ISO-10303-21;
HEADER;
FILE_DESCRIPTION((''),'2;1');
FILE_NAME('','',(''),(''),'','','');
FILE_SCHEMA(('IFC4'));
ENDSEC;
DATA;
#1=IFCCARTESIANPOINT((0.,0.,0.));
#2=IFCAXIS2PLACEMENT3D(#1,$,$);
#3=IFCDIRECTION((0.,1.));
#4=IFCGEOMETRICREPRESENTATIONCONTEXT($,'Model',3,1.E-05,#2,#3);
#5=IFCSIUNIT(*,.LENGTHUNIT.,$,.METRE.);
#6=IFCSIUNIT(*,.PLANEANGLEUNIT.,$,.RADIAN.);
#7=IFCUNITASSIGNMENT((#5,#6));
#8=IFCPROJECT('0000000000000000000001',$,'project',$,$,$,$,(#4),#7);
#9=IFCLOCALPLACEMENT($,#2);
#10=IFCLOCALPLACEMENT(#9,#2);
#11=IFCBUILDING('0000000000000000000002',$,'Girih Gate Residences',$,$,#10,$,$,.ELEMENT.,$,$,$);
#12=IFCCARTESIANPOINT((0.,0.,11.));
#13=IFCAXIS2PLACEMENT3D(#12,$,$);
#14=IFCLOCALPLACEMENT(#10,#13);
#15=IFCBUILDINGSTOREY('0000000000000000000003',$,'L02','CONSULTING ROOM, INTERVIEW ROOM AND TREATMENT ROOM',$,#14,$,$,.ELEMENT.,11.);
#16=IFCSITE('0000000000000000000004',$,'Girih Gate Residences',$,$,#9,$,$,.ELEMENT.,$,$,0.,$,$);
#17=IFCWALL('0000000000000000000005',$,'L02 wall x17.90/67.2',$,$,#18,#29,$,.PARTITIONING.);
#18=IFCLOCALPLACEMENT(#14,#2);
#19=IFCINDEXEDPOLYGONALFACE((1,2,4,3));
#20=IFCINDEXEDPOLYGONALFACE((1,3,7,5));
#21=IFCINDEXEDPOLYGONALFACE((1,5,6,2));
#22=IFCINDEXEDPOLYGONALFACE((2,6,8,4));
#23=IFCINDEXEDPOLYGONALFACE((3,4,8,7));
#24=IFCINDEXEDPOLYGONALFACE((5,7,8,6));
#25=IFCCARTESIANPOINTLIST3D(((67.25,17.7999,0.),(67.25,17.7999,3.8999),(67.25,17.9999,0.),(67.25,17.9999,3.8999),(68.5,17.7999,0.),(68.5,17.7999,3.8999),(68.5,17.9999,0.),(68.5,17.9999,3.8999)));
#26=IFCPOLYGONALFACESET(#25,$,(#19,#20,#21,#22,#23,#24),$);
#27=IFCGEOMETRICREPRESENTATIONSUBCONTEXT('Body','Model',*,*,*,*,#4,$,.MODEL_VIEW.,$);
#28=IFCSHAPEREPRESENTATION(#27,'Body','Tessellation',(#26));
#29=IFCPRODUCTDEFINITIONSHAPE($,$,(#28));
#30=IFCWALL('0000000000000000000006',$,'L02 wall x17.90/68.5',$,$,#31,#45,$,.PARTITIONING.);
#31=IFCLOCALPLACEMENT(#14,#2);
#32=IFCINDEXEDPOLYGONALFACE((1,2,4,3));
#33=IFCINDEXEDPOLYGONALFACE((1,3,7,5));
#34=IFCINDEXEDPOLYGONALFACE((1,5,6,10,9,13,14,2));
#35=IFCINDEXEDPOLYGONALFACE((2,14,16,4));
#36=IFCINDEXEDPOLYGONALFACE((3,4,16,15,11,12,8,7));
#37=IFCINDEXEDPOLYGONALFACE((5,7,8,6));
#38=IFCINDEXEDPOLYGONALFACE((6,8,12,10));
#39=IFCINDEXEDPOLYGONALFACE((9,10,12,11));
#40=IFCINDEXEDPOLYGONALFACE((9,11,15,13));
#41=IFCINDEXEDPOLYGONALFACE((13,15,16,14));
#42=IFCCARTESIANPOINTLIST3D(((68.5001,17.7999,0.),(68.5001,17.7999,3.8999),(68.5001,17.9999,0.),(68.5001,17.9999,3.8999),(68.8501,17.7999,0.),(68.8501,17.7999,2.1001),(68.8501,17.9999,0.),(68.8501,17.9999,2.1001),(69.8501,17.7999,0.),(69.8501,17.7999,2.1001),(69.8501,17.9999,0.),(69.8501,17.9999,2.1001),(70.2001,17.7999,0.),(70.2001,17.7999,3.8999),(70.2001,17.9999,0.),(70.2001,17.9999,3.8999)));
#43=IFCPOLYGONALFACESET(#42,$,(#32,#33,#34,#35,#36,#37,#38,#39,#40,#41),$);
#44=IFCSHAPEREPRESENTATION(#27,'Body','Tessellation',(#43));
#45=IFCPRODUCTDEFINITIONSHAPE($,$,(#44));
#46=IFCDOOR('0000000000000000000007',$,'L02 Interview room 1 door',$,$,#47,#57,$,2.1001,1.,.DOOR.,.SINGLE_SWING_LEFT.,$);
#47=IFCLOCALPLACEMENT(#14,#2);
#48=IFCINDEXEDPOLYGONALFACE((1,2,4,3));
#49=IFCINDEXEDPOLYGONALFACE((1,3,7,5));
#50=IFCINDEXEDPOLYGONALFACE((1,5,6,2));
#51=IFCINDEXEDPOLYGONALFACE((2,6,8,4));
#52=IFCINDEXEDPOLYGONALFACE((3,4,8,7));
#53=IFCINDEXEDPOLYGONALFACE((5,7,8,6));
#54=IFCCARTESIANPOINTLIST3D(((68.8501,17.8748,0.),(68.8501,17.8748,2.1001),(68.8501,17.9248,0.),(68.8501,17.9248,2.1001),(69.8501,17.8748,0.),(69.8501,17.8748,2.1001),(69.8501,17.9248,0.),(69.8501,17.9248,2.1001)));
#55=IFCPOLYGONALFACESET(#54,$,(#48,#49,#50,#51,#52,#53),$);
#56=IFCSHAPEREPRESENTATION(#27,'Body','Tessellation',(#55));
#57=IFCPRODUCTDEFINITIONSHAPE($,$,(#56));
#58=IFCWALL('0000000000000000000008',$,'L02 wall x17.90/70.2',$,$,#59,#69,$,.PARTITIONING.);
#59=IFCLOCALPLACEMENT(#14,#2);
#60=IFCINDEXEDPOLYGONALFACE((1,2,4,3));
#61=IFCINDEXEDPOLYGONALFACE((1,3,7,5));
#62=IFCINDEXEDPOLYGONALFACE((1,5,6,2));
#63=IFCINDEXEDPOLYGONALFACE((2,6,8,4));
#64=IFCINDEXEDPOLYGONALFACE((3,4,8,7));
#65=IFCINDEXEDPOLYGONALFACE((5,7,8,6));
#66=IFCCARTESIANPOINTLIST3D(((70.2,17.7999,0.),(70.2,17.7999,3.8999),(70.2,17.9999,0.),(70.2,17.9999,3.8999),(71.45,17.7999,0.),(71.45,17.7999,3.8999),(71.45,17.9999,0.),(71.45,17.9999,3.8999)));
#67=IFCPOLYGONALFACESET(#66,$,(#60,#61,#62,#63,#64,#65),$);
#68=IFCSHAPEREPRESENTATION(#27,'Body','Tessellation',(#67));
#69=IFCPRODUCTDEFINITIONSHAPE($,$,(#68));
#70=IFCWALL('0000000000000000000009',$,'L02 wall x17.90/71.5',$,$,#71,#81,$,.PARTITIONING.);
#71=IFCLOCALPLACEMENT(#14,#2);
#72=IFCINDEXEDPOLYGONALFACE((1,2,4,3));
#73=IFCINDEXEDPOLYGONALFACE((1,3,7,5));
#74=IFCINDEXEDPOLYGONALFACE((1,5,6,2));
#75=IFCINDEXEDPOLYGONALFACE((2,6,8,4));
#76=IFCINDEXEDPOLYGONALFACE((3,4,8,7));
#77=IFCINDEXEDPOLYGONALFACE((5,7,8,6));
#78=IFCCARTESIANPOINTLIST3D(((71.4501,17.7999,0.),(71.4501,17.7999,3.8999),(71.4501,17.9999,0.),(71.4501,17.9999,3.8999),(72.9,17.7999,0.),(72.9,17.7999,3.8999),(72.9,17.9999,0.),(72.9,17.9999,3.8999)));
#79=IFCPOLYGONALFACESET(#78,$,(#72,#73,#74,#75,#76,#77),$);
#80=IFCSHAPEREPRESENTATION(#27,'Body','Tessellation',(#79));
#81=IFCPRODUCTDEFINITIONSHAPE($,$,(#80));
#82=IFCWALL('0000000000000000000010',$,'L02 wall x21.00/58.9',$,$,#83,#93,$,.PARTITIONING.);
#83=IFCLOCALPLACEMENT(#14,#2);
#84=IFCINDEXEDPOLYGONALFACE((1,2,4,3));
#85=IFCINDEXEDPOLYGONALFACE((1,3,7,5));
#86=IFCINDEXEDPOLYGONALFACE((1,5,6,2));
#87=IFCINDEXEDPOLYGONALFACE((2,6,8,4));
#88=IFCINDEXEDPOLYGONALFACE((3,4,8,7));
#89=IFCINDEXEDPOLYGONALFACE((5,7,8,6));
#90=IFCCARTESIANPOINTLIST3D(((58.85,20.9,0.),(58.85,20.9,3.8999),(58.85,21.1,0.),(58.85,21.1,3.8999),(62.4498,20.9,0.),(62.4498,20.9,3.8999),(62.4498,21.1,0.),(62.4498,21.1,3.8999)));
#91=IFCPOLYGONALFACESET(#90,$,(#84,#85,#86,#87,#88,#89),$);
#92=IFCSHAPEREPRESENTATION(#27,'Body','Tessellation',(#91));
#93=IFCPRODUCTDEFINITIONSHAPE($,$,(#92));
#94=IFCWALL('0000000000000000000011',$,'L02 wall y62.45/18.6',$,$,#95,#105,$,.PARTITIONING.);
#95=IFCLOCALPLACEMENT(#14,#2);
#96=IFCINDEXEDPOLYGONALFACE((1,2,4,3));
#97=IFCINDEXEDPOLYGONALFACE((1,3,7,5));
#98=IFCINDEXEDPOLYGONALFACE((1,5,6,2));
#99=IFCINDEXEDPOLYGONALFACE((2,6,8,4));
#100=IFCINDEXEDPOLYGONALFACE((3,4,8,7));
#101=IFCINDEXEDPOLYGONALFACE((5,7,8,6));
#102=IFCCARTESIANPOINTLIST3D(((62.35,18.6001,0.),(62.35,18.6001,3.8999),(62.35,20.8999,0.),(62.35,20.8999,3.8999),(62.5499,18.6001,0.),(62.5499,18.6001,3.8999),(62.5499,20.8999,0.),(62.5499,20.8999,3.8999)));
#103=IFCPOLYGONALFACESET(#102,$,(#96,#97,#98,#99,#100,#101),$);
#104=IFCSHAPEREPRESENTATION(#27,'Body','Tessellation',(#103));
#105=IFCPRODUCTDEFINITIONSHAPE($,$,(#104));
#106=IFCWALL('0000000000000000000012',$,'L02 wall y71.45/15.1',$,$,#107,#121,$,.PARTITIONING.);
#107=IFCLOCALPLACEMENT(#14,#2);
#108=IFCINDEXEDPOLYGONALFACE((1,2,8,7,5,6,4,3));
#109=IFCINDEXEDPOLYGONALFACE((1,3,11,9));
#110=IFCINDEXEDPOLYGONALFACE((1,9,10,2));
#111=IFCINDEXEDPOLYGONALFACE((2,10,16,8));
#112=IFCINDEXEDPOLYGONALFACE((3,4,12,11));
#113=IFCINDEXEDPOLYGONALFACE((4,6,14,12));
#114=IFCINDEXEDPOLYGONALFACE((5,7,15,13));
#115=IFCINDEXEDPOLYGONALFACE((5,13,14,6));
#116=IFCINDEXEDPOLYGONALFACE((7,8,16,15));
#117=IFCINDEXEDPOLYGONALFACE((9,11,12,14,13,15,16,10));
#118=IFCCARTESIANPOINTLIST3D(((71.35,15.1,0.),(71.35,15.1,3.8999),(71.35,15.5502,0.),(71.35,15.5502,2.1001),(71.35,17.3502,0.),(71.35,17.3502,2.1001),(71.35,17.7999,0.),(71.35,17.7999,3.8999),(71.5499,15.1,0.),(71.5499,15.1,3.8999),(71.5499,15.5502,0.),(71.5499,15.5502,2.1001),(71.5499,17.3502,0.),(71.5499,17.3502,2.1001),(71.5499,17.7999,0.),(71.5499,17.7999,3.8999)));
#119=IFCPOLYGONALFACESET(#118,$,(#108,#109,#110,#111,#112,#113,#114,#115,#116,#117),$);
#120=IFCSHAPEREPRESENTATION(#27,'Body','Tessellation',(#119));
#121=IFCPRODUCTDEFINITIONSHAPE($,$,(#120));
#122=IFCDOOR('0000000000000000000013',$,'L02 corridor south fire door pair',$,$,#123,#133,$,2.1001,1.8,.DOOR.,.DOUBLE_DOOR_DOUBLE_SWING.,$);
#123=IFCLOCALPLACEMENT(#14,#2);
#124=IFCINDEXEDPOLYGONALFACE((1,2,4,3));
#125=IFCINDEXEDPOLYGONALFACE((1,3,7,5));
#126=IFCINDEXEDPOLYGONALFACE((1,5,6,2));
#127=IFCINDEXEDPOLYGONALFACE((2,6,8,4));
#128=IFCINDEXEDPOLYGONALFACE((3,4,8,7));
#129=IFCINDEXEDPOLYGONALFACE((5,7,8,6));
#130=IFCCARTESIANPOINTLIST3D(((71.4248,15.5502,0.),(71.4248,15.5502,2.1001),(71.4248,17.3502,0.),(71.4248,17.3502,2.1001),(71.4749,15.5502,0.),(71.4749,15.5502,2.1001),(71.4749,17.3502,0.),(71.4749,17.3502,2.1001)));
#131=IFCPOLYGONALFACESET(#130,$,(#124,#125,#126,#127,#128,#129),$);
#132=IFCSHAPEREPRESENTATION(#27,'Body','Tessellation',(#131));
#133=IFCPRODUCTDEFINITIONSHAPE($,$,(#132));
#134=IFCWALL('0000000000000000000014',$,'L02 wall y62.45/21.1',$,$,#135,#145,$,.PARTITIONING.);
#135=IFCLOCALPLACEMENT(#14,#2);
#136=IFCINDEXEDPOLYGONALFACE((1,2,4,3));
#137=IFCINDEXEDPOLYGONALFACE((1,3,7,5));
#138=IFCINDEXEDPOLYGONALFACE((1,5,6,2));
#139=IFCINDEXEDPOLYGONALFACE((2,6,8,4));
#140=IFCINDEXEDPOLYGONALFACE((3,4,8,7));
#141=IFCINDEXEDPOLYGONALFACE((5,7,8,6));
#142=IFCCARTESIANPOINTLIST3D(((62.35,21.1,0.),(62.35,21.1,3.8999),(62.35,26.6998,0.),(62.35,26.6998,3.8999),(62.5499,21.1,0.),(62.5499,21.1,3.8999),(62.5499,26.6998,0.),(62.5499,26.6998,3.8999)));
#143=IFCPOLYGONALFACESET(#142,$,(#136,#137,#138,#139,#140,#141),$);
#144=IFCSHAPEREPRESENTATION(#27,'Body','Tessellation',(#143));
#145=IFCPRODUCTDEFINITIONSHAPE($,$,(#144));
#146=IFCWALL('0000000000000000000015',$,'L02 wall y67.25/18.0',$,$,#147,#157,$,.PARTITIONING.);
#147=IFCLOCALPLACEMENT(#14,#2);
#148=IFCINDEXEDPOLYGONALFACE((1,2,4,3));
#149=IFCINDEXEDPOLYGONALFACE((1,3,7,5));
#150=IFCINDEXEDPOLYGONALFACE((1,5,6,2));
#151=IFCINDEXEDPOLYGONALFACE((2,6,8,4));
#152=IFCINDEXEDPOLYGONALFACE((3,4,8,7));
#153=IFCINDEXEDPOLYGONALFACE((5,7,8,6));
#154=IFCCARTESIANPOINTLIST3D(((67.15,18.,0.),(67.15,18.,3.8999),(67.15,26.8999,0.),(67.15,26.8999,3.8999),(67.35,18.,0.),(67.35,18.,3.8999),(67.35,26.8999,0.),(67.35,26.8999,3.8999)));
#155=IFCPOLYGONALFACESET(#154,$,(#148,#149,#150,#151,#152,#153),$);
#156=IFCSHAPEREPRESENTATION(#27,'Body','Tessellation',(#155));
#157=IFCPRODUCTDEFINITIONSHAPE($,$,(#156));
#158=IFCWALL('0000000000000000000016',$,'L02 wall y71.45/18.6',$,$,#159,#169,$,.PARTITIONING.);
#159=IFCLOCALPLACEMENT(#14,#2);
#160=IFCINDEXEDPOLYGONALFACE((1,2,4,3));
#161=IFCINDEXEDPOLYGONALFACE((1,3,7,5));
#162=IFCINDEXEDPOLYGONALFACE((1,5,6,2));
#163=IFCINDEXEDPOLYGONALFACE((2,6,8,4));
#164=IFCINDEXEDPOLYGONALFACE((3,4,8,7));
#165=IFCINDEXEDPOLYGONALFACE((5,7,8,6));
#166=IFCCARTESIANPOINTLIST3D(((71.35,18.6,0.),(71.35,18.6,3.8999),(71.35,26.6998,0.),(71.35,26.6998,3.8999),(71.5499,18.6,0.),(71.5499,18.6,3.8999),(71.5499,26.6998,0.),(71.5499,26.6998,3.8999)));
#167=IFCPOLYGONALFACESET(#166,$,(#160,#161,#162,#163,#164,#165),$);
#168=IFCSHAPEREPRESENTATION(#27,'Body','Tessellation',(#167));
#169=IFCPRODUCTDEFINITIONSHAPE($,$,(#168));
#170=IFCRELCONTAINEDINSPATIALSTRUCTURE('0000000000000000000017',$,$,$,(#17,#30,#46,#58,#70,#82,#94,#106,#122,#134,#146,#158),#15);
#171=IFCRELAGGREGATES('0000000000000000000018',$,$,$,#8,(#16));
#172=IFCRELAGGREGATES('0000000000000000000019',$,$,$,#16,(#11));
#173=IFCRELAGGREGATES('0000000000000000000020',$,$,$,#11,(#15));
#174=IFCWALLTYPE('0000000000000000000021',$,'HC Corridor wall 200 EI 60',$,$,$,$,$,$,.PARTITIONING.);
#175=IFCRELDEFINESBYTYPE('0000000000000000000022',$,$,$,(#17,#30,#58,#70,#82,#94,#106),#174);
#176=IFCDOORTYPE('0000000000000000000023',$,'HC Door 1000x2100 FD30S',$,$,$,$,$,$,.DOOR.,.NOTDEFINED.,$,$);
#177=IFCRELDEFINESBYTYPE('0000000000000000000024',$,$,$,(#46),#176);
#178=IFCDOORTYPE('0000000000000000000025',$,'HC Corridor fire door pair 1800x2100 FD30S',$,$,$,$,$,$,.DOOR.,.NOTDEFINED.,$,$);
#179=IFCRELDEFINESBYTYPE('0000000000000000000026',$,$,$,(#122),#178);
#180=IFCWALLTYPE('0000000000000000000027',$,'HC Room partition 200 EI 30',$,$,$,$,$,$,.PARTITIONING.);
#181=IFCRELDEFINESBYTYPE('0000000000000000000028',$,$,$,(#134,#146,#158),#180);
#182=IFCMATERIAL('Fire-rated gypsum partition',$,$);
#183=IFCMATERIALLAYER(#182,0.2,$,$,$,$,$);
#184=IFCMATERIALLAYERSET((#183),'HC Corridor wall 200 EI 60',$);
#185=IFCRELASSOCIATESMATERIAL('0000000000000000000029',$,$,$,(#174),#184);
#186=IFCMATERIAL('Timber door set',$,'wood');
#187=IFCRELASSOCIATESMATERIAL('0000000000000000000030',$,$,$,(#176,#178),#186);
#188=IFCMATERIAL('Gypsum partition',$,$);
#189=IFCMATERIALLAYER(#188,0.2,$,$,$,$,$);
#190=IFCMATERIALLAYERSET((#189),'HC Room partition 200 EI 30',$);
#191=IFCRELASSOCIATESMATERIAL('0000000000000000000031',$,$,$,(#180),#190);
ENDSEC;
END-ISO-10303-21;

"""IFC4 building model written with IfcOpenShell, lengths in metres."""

from ifc_helpers import new_model, si_unit, direction, frame, frame_2d, origin, place, context, subcontext, project, spatial, rectangle, extrude, material, layer, layer_set, type_object, element, fill, save


model = new_model("IFC4")

# Units and contexts
model_context = context("Model", 3, precision=1e-05, world=origin(), true_north=direction((0.0, 1.0)))
body_context = subcontext(model_context, "Body", "Model", "MODEL_VIEW")
ifc_project = project(units=[si_unit("LENGTHUNIT", "METRE"), si_unit("PLANEANGLEUNIT", "RADIAN")], contexts=[model_context])

# Site, building, storey
site_placement = place(None, origin())
site = spatial("IfcSite", under=ifc_project, at=site_placement, Name="Girih Gate Residences", CompositionType="ELEMENT", RefElevation=0.0)
building_placement = place(site_placement, origin())
building = spatial("IfcBuilding", under=site, at=building_placement, Name="Girih Gate Residences", CompositionType="ELEMENT")
storey_placement = place(building_placement, frame((0.0, 0.0, 11.0)))
storey = spatial("IfcBuildingStorey", under=building, at=storey_placement, Name="L02", Description="CONSULTING ROOM, INTERVIEW ROOM AND TREATMENT ROOM", CompositionType="ELEMENT", Elevation=11.0)

# Shared definitions
ifc_material_1 = material(Name="Fire-rated gypsum partition")
ifc_layer_1 = layer(ifc_material_1, 0.2)
ifc_layer_set_1 = layer_set([ifc_layer_1], Name="HC Corridor wall 200 EI 60")
wall_type_1 = type_object("IfcWallType", Name="HC Corridor wall 200 EI 60", PredefinedType="PARTITIONING", material=ifc_layer_set_1)

# Shared definitions
ifc_material_2 = material(Name="Timber door set", Category="wood")
door_type_1 = type_object("IfcDoorType", Name="HC Door 1000x2100 FD30S", OperationType="NOTDEFINED", PredefinedType="DOOR", material=ifc_material_2)

# Wall
wall_1_placement = place(storey_placement, frame((67.25, 17.8999, 0.0), z_axis=(0.0, 0.0, 1.0), x_axis=(1.0, 0.0, 0.0)))
element("IfcWall", 1, at=wall_1_placement, inside=storey, type_object=wall_type_1, Name="L02 wall x17.90/67.2", PredefinedType="PARTITIONING", context=body_context, shape_type="SweptSolid", body=[
    extrude(rectangle(XDim=1.25, YDim=0.2, at=frame_2d((0.625, 0.0))), origin(), (0.0, 0.0, 1.0), 3.8999),
])

# Wall, opening, door
wall_2_placement = place(storey_placement, frame((68.5, 17.8999, 0.0), z_axis=(0.0, 0.0, 1.0), x_axis=(1.0, 0.0, 0.0)))
wall_2 = element("IfcWall", 2, at=wall_2_placement, inside=storey, type_object=wall_type_1, Name="L02 wall x17.90/68.5", PredefinedType="PARTITIONING", context=body_context, shape_type="SweptSolid", body=[
    extrude(rectangle(XDim=1.7, YDim=0.2, at=frame_2d((0.8501, 0.0))), origin(), (0.0, 0.0, 1.0), 3.8999),
])
opening_1_placement = place(wall_2_placement, frame((0.3501, 0.0, 0.0)))
opening_1 = element("IfcOpeningElement", 3, at=opening_1_placement, cuts=wall_2, PredefinedType="OPENING", context=body_context, shape_type="SweptSolid", body=[
    extrude(rectangle(XDim=1.0, YDim=2.1001, at=frame_2d((0.5, 1.05))), frame((0.0, 0.1099, 0.0), z_axis=(0.0, -1.0, 0.0), x_axis=(1.0, 0.0, 0.0)), (0.0, 0.0, 1.0), 0.22),
])
door_1_placement = place(opening_1_placement, origin())
door_1 = element("IfcDoor", 4, at=door_1_placement, inside=storey, type_object=door_type_1, Name="L02 Interview room 1 door", OperationType="SINGLE_SWING_LEFT", OverallHeight=2.1001, OverallWidth=1.0, PredefinedType="DOOR", context=body_context, shape_type="SweptSolid", body=[
    extrude(rectangle(XDim=1.0, YDim=2.1001, at=frame_2d((0.5, 1.05))), frame((0.0, 0.0249, 0.0), z_axis=(0.0, -1.0, 0.0), x_axis=(1.0, 0.0, 0.0)), (0.0, 0.0, 1.0), 0.05),
])
fill(opening_1, door_1)

# Walls
wall_3_placement = place(storey_placement, frame((70.2, 17.8999, 0.0), z_axis=(0.0, 0.0, 1.0), x_axis=(1.0, 0.0, 0.0)))
element("IfcWall", 5, at=wall_3_placement, inside=storey, type_object=wall_type_1, Name="L02 wall x17.90/70.2", PredefinedType="PARTITIONING", context=body_context, shape_type="SweptSolid", body=[
    extrude(rectangle(XDim=1.25, YDim=0.2, at=frame_2d((0.625, 0.0))), origin(), (0.0, 0.0, 1.0), 3.8999),
])
wall_4_placement = place(storey_placement, frame((71.45, 17.8999, 0.0), z_axis=(0.0, 0.0, 1.0), x_axis=(1.0, 0.0, 0.0)))
element("IfcWall", 6, at=wall_4_placement, inside=storey, type_object=wall_type_1, Name="L02 wall x17.90/71.5", PredefinedType="PARTITIONING", context=body_context, shape_type="SweptSolid", body=[
    extrude(rectangle(XDim=1.45, YDim=0.2, at=frame_2d((0.7251, 0.0))), origin(), (0.0, 0.0, 1.0), 3.8999),
])
wall_5_placement = place(storey_placement, frame((58.8501, 21.0, 0.0), z_axis=(0.0, 0.0, 1.0), x_axis=(1.0, 0.0, 0.0)))
element("IfcWall", 7, at=wall_5_placement, inside=storey, type_object=wall_type_1, Name="L02 wall x21.00/58.9", PredefinedType="PARTITIONING", context=body_context, shape_type="SweptSolid", body=[
    extrude(rectangle(XDim=3.5999, YDim=0.2, at=frame_2d((1.7998, 0.0))), origin(), (0.0, 0.0, 1.0), 3.8999),
])
wall_6_placement = place(storey_placement, frame((62.45, 18.6001, 0.0), z_axis=(0.0, 0.0, 1.0), x_axis=(0.0, 1.0, 0.0)))
element("IfcWall", 8, at=wall_6_placement, inside=storey, type_object=wall_type_1, Name="L02 wall y62.45/18.6", PredefinedType="PARTITIONING", context=body_context, shape_type="SweptSolid", body=[
    extrude(rectangle(XDim=2.2998, YDim=0.2, at=frame_2d((1.1499, 0.0))), origin(), (0.0, 0.0, 1.0), 3.8999),
])

# Wall, opening, door
wall_7_placement = place(storey_placement, frame((71.45, 17.8, 0.0), z_axis=(0.0, 0.0, 1.0), x_axis=(0.0, -1.0, 0.0)))
wall_7 = element("IfcWall", 9, at=wall_7_placement, inside=storey, type_object=wall_type_1, Name="L02 wall y71.45/15.1", PredefinedType="PARTITIONING", context=body_context, shape_type="SweptSolid", body=[
    extrude(rectangle(XDim=2.7, YDim=0.2, at=frame_2d((1.3501, 0.0))), origin(), (0.0, 0.0, 1.0), 3.8999),
])
opening_2_placement = place(wall_7_placement, frame((0.45, 0.0, 0.0)))
opening_2 = element("IfcOpeningElement", 10, at=opening_2_placement, cuts=wall_7, PredefinedType="OPENING", context=body_context, shape_type="SweptSolid", body=[
    extrude(rectangle(XDim=1.8, YDim=2.1001, at=frame_2d((0.8999, 1.05))), frame((0.0, 0.1099, 0.0), z_axis=(0.0, -1.0, 0.0), x_axis=(1.0, 0.0, 0.0)), (0.0, 0.0, 1.0), 0.22),
])
door_type_2 = type_object("IfcDoorType", Name="HC Corridor fire door pair 1800x2100 FD30S", OperationType="NOTDEFINED", PredefinedType="DOOR", material=ifc_material_2)
door_2_placement = place(opening_2_placement, origin())
door_2 = element("IfcDoor", 11, at=door_2_placement, inside=storey, type_object=door_type_2, Name="L02 corridor south fire door pair", OperationType="DOUBLE_DOOR_DOUBLE_SWING", OverallHeight=2.1001, OverallWidth=1.8, PredefinedType="DOOR", context=body_context, shape_type="SweptSolid", body=[
    extrude(rectangle(XDim=1.8, YDim=2.1001, at=frame_2d((0.8999, 1.05))), frame((0.0, 0.0249, 0.0), z_axis=(0.0, -1.0, 0.0), x_axis=(1.0, 0.0, 0.0)), (0.0, 0.0, 1.0), 0.05),
])
fill(opening_2, door_2)

# Walls
ifc_material_3 = material(Name="Gypsum partition")
ifc_layer_2 = layer(ifc_material_3, 0.2)
ifc_layer_set_2 = layer_set([ifc_layer_2], Name="HC Room partition 200 EI 30")
wall_type_2 = type_object("IfcWallType", Name="HC Room partition 200 EI 30", PredefinedType="PARTITIONING", material=ifc_layer_set_2)
wall_8_placement = place(storey_placement, frame((62.45, 21.1001, 0.0), z_axis=(0.0, 0.0, 1.0), x_axis=(0.0, 1.0, 0.0)))
element("IfcWall", 12, at=wall_8_placement, inside=storey, type_object=wall_type_2, Name="L02 wall y62.45/21.1", PredefinedType="PARTITIONING", context=body_context, shape_type="SweptSolid", body=[
    extrude(rectangle(XDim=5.5999, YDim=0.2, at=frame_2d((2.7998, 0.0))), origin(), (0.0, 0.0, 1.0), 3.8999),
])
wall_9_placement = place(storey_placement, frame((67.25, 18.0, 0.0), z_axis=(0.0, 0.0, 1.0), x_axis=(0.0, 1.0, 0.0)))
element("IfcWall", 13, at=wall_9_placement, inside=storey, type_object=wall_type_2, Name="L02 wall y67.25/18.0", PredefinedType="PARTITIONING", context=body_context, shape_type="SweptSolid", body=[
    extrude(rectangle(XDim=8.8999, YDim=0.2, at=frame_2d((4.45, 0.0))), origin(), (0.0, 0.0, 1.0), 3.8999),
])
wall_10_placement = place(storey_placement, frame((71.45, 18.6001, 0.0), z_axis=(0.0, 0.0, 1.0), x_axis=(0.0, 1.0, 0.0)))
element("IfcWall", 14, at=wall_10_placement, inside=storey, type_object=wall_type_2, Name="L02 wall y71.45/18.6", PredefinedType="PARTITIONING", context=body_context, shape_type="SweptSolid", body=[
    extrude(rectangle(XDim=8.0999, YDim=0.2, at=frame_2d((4.0498, 0.0))), origin(), (0.0, 0.0, 1.0), 3.8999),
])

save(model, "model.ifc")
